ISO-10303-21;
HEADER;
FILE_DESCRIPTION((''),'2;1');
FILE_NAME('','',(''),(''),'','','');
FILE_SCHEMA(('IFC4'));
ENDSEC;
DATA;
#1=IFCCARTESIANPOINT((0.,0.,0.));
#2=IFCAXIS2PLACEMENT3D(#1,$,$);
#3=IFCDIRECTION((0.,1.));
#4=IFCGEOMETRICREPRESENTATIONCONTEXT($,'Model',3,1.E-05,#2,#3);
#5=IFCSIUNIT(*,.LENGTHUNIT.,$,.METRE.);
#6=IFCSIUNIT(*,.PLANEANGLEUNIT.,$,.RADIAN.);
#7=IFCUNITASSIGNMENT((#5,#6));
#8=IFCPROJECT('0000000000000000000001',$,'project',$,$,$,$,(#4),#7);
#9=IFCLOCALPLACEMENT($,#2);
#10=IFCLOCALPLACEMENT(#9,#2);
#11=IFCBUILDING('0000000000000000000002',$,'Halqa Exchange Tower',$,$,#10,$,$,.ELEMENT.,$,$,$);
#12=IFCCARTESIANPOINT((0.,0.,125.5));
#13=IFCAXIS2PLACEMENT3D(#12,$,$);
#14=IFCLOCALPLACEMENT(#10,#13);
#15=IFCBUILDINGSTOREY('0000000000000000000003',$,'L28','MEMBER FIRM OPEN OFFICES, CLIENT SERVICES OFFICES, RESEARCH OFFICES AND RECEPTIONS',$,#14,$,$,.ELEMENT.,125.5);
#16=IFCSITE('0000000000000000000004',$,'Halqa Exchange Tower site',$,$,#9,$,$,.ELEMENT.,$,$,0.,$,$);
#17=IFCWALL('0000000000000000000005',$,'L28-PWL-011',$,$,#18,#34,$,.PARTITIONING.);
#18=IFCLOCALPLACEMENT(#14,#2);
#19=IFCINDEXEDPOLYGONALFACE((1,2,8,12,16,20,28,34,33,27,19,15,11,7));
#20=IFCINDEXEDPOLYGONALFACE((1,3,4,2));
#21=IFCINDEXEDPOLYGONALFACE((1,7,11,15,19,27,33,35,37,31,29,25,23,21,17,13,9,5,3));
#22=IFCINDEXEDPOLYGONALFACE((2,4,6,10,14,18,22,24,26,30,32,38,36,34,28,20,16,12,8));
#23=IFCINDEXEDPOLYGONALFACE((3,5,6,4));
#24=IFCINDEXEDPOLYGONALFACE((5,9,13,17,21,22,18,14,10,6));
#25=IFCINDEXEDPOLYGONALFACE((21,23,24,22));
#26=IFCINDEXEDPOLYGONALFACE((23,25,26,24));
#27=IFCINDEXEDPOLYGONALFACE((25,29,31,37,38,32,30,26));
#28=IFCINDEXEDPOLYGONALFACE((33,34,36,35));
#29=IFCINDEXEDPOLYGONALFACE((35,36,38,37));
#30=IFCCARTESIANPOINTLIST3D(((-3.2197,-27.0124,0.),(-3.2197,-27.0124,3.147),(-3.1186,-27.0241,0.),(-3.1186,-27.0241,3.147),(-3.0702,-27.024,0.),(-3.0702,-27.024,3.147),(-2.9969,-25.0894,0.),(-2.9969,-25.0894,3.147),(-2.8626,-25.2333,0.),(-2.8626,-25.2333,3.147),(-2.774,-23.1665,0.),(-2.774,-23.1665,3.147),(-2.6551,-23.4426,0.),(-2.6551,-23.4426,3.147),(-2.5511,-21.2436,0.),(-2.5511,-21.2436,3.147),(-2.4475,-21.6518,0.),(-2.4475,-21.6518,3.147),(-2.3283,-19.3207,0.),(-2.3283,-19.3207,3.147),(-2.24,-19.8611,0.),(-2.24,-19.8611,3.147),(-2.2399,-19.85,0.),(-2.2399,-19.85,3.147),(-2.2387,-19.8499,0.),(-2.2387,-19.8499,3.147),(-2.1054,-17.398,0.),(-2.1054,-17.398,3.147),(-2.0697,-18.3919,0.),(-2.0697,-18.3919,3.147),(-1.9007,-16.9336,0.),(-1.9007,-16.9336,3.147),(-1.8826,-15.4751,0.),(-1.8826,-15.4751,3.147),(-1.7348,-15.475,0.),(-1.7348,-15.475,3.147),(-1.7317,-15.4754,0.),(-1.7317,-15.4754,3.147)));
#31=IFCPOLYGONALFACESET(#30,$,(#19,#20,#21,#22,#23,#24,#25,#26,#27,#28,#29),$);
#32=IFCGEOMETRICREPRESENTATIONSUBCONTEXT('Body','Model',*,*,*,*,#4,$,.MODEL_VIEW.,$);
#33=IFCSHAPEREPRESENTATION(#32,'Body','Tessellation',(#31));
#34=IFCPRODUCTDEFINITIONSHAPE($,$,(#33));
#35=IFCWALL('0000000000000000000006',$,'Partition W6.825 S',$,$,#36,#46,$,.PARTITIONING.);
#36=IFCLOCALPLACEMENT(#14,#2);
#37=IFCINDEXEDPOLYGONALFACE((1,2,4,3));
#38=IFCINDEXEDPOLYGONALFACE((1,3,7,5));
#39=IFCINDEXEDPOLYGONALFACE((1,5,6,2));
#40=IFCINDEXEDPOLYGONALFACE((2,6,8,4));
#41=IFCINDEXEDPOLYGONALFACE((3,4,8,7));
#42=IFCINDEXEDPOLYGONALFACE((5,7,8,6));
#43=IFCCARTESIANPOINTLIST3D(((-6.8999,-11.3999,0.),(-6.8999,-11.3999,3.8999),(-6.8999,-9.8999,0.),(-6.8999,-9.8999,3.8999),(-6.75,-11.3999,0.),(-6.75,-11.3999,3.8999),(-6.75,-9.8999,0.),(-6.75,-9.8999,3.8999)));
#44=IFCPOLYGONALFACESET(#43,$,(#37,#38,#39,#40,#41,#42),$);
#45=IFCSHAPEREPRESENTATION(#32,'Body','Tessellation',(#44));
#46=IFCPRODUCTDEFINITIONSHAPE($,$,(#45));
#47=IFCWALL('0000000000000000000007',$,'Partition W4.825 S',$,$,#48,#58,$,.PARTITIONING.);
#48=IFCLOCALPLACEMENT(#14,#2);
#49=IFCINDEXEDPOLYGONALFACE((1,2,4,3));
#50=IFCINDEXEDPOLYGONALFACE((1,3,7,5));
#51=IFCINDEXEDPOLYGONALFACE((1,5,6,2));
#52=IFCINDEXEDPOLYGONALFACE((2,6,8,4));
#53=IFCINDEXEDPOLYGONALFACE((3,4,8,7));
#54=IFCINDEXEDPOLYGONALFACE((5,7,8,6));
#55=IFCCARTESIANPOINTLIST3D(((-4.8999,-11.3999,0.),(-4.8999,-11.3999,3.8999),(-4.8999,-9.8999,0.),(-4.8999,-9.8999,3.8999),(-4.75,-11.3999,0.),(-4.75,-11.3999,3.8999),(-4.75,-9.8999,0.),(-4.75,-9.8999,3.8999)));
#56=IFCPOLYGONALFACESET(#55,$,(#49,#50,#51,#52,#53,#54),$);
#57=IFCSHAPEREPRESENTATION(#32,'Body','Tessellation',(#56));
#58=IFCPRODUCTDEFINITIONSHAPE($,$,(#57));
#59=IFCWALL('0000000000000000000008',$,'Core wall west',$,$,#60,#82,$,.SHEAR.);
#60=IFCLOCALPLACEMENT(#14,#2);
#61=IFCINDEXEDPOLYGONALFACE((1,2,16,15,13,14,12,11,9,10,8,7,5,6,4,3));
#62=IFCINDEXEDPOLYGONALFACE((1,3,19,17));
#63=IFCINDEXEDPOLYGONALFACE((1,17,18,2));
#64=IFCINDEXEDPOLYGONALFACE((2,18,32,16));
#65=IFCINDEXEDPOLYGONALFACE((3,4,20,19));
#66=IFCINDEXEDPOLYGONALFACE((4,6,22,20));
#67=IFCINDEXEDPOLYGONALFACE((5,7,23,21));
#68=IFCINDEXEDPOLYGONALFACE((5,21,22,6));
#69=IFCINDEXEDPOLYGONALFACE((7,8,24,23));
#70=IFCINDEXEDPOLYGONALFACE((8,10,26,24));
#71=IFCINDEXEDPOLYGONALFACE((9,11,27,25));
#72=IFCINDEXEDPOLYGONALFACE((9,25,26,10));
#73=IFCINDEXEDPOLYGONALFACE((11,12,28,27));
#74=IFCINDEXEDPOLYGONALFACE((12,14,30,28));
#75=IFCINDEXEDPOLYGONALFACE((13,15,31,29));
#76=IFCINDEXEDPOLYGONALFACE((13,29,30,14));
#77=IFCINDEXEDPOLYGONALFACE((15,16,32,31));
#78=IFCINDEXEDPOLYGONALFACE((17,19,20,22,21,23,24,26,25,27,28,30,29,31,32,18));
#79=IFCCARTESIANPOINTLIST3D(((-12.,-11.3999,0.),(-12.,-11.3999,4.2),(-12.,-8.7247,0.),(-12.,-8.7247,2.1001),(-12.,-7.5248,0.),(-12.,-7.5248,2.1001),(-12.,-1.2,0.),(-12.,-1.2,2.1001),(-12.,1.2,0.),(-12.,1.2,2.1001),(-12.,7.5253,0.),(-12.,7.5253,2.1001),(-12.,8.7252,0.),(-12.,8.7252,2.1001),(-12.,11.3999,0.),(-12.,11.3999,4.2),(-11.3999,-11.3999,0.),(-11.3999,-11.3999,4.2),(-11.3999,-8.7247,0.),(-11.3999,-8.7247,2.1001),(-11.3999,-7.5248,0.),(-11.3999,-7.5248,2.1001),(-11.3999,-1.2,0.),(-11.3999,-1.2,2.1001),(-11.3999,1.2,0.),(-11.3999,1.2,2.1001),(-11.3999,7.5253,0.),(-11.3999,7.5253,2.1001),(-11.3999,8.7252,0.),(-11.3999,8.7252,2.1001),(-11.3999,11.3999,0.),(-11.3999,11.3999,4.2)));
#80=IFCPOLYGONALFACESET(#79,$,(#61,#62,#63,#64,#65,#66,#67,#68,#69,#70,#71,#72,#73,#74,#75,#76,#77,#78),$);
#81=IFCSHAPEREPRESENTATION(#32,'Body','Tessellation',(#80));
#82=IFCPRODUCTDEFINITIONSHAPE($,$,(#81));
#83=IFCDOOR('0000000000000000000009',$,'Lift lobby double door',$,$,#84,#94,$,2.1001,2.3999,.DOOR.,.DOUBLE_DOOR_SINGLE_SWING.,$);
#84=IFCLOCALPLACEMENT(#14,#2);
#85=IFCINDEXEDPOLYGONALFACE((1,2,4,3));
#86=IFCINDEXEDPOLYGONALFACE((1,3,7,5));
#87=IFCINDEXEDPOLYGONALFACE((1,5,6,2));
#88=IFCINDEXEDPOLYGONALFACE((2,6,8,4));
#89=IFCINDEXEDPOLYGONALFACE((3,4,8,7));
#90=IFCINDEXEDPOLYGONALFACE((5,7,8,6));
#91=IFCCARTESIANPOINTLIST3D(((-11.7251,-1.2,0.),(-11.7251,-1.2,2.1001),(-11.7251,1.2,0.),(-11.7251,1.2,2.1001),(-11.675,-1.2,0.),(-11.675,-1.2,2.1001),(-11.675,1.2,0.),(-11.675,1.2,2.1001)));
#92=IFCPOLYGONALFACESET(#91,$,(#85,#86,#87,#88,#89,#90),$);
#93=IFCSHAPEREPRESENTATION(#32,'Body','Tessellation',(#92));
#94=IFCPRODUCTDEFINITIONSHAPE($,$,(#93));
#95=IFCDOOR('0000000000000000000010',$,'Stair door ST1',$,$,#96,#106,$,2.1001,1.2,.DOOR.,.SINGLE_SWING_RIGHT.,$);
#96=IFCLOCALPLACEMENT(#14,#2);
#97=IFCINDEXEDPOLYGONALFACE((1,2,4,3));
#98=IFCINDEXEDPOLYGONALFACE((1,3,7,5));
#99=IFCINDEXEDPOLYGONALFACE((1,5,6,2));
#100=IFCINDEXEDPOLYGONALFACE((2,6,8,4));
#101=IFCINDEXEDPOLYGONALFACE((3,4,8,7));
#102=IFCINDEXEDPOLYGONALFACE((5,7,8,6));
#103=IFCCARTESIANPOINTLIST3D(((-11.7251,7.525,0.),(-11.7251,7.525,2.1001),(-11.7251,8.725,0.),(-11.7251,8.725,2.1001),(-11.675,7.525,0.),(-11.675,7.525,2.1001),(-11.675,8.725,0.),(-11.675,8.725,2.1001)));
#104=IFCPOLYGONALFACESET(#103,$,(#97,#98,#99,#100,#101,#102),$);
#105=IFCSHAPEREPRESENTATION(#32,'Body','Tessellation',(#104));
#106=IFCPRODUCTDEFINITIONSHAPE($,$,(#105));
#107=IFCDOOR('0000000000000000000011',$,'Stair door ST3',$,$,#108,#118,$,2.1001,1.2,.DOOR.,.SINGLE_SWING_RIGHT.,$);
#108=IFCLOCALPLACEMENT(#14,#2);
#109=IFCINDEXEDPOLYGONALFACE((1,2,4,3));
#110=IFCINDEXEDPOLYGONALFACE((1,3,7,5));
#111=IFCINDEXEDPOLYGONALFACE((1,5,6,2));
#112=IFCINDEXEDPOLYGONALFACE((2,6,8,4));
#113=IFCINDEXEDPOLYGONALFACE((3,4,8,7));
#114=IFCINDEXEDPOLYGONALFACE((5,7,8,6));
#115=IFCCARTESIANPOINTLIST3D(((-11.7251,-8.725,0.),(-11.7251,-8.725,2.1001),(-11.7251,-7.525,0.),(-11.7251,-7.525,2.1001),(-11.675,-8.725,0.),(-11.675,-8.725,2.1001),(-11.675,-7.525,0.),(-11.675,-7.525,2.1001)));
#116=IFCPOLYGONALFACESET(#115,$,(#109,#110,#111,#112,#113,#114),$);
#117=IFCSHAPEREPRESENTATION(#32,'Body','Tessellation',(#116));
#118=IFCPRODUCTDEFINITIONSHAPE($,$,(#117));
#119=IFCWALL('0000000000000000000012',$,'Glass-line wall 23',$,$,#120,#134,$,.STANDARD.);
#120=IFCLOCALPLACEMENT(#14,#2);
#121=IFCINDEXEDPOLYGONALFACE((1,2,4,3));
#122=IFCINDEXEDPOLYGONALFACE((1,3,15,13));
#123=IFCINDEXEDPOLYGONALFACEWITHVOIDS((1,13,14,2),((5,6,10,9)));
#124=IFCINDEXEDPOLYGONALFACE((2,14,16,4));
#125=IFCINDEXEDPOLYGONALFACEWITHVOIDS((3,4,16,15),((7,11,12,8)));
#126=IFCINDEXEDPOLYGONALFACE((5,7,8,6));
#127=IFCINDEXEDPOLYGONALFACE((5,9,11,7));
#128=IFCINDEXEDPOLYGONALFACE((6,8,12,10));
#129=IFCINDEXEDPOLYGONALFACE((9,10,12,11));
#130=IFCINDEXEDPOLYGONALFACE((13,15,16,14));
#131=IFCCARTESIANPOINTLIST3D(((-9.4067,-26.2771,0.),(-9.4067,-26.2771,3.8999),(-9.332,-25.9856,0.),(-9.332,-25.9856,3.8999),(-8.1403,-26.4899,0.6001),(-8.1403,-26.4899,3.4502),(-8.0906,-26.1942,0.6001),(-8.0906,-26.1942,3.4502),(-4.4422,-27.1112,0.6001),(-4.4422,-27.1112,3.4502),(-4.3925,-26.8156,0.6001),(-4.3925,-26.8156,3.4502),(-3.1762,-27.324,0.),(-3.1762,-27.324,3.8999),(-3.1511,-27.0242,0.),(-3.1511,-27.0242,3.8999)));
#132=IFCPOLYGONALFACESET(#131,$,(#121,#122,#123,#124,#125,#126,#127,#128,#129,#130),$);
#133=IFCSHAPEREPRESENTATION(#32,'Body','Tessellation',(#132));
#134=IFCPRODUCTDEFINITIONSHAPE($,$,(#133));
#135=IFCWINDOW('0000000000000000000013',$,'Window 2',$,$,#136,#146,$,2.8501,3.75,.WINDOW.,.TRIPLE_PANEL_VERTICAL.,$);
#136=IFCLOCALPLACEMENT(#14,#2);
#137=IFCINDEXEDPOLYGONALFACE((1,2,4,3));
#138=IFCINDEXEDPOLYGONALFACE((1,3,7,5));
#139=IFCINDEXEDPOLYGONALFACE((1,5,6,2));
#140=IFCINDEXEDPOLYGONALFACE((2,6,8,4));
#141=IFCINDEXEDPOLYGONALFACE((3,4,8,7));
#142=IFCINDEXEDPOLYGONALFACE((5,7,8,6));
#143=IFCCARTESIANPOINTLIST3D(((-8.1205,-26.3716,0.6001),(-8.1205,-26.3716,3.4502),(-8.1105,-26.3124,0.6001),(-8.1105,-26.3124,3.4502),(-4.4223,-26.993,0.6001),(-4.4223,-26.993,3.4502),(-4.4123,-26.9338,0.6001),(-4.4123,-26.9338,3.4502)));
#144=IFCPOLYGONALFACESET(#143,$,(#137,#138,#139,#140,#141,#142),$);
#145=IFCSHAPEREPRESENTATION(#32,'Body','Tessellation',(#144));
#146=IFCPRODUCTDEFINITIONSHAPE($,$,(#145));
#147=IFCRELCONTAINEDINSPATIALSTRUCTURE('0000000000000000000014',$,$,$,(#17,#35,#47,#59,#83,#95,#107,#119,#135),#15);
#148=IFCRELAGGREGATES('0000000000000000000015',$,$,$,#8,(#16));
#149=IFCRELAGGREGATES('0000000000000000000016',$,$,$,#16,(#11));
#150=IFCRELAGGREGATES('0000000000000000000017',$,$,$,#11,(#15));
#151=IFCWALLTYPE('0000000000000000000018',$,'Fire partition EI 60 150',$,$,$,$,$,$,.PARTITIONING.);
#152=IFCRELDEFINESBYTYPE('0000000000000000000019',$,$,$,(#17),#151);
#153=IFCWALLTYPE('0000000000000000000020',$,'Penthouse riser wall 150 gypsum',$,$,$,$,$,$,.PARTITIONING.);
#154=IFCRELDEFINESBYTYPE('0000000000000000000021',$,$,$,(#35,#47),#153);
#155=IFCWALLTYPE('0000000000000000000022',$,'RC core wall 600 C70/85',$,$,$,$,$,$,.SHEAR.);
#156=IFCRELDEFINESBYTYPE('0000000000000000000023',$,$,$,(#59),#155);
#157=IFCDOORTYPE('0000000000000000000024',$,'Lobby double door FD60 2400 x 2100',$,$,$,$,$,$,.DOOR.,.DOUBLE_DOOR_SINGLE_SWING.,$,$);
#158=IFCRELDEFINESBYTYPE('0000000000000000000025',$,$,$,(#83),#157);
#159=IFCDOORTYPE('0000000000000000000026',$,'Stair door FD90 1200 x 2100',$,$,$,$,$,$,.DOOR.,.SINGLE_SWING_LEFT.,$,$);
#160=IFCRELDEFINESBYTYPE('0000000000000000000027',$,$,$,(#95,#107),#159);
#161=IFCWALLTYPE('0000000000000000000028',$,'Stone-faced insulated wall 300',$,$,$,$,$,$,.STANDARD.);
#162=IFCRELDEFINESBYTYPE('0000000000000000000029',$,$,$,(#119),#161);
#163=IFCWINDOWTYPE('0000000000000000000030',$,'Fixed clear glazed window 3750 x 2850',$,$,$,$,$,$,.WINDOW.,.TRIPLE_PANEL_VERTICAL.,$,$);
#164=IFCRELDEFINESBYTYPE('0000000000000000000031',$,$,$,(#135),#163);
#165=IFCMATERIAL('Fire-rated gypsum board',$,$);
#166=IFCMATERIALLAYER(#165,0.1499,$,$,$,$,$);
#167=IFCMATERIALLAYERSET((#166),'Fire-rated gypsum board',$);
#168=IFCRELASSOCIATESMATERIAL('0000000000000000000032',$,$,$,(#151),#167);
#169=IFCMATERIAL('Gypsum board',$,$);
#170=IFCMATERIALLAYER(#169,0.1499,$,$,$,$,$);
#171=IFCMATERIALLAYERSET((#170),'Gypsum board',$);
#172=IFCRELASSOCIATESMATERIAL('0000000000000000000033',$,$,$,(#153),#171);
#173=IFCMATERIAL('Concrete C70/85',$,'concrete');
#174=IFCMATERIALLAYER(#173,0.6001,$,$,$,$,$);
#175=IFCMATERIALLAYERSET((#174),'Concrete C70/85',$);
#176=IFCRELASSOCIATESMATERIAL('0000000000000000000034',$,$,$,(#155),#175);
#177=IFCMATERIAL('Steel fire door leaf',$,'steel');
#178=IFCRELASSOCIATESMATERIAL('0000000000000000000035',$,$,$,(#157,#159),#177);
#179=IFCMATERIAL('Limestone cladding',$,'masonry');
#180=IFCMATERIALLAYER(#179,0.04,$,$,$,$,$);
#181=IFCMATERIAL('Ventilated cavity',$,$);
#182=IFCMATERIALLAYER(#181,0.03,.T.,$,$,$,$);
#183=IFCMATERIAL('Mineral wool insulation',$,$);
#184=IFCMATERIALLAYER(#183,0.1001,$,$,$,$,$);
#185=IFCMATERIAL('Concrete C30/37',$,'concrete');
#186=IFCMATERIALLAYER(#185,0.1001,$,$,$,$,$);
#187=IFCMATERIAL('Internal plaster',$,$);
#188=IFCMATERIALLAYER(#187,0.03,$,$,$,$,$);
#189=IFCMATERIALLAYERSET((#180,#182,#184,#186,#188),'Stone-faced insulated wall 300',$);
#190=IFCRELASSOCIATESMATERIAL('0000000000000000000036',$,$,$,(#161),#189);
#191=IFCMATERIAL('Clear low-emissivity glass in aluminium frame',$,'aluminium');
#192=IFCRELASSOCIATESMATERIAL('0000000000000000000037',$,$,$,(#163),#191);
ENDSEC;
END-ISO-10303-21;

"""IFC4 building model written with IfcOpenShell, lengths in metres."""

from ifc_helpers import new_model, si_unit, direction, frame, frame_2d, origin, place, context, subcontext, project, spatial, polyline, rectangle, outline, extrude, material, layer, layer_set, type_object, element, fill, save


model = new_model("IFC4")

# Units and contexts
model_context = context("Model", 3, precision=1e-05, world=origin(), true_north=direction((0.0, 1.0)))
body_context = subcontext(model_context, "Body", "Model", "MODEL_VIEW")
ifc_project = project(units=[si_unit("LENGTHUNIT", "METRE"), si_unit("PLANEANGLEUNIT", "RADIAN")], contexts=[model_context])

# Site, building, storey
site_placement = place(None, origin())
site = spatial("IfcSite", under=ifc_project, at=site_placement, Name="Halqa Exchange Tower site", CompositionType="ELEMENT", RefElevation=0.0)
building_placement = place(site_placement, origin())
building = spatial("IfcBuilding", under=site, at=building_placement, Name="Halqa Exchange Tower", CompositionType="ELEMENT")
storey_placement = place(building_placement, frame((0.0, 0.0, 125.5)))
storey = spatial("IfcBuildingStorey", under=building, at=storey_placement, Name="L28", Description="MEMBER FIRM OPEN OFFICES, CLIENT SERVICES OFFICES, RESEARCH OFFICES AND RECEPTIONS", CompositionType="ELEMENT", Elevation=125.5)

# Shared definitions
ifc_material_1 = material(Name="Concrete C70/85", Category="concrete")

# Wall
ifc_material_2 = material(Name="Fire-rated gypsum board")
ifc_layer_1 = layer(ifc_material_2, 0.1499)
ifc_layer_set_1 = layer_set([ifc_layer_1], Name="Fire-rated gypsum board")
wall_type_1 = type_object("IfcWallType", Name="Fire partition EI 60 150", PredefinedType="PARTITIONING", material=ifc_layer_set_1)
wall_1_placement = place(storey_placement, frame((-3.1453, -27.021, 0.0), z_axis=(0.0, 0.0, 1.0), x_axis=(0.115128, 0.993351, 0.0)))
element("IfcWall", 1, at=wall_1_placement, inside=storey, type_object=wall_type_1, Name="L28-PWL-011", PredefinedType="PARTITIONING", context=body_context, shape_type="SweptSolid", body=[
    extrude(outline(polyline([(0.0056, -0.075), (1.8083, -0.075), (3.6111, -0.075), (5.4138, -0.075), (7.2166, -0.075), (7.2275, -0.0737), (7.2278, -0.075), (8.6956, -0.075), (10.1636, -0.075), (11.6316, -0.075), (11.6316, -0.0718), (11.6145, 0.075), (9.6787, 0.075), (7.7432, 0.075), (5.8074, 0.075), (3.8716, 0.075), (1.9358, 0.075), (0.0, 0.075), (0.0, -0.0269), (0.0056, -0.075)])), origin(), (0.0, 0.0, 1.0), 3.147),
])

# Shared definitions
ifc_material_3 = material(Name="Gypsum board")

# Walls
ifc_layer_2 = layer(ifc_material_3, 0.1499)
ifc_layer_set_2 = layer_set([ifc_layer_2], Name="Gypsum board")
wall_type_2 = type_object("IfcWallType", Name="Penthouse riser wall 150 gypsum", PredefinedType="PARTITIONING", material=ifc_layer_set_2)
for number, where, z_axis, x_axis, name in (
    (2, (-6.825, -11.3999, 0.0), (0.0, 0.0, 1.0), (0.0, 1.0, 0.0), "Partition W6.825 S"),
    (3, (-4.825, -11.3999, 0.0), (0.0, 0.0, 1.0), (0.0, 1.0, 0.0), "Partition W4.825 S"),
):
    element("IfcWall", number, at=place(storey_placement, frame(where, z_axis=z_axis, x_axis=x_axis)), inside=storey, type_object=wall_type_2, Name=name, PredefinedType="PARTITIONING", context=body_context, shape_type="SweptSolid", body=[
        extrude(rectangle(XDim=1.5, YDim=0.1499, at=frame_2d((0.75, 0.0))), origin(), (0.0, 0.0, 1.0), 3.8999),
    ])

# Wall, openings, doors
ifc_layer_3 = layer(ifc_material_1, 0.6001)
ifc_layer_set_3 = layer_set([ifc_layer_3], Name="Concrete C70/85")
wall_type_3 = type_object("IfcWallType", Name="RC core wall 600 C70/85", PredefinedType="SHEAR", material=ifc_layer_set_3)
wall_2_placement = place(storey_placement, frame((-11.7, -11.3999, 0.0), z_axis=(0.0, 0.0, 1.0), x_axis=(0.0, 1.0, 0.0)))
wall_2 = element("IfcWall", 4, at=wall_2_placement, inside=storey, type_object=wall_type_3, Name="Core wall west", PredefinedType="SHEAR", context=body_context, shape_type="SweptSolid", body=[
    extrude(rectangle(XDim=22.7998, YDim=0.6001, at=frame_2d((11.3999, 0.0))), origin(), (0.0, 0.0, 1.0), 4.2),
])
opening_1_placement = place(wall_2_placement, frame((10.2, 0.0, 0.0)))
opening_1 = element("IfcOpeningElement", 5, at=opening_1_placement, cuts=wall_2, PredefinedType="OPENING", context=body_context, shape_type="SweptSolid", body=[
    extrude(rectangle(XDim=2.3999, YDim=2.1001, at=frame_2d((1.2, 1.05))), frame((0.0, 0.312, 0.0), z_axis=(0.0, -1.0, 0.0), x_axis=(1.0, 0.0, 0.0)), (0.0, 0.0, 1.0), 0.624),
])
opening_2_placement = place(wall_2_placement, frame((18.925, 0.0, 0.0)))
opening_2 = element("IfcOpeningElement", 6, at=opening_2_placement, cuts=wall_2, PredefinedType="OPENING", context=body_context, shape_type="SweptSolid", body=[
    extrude(rectangle(XDim=1.2, YDim=2.1001, at=frame_2d((0.6001, 1.05))), frame((0.0, 0.312, 0.0), z_axis=(0.0, -1.0, 0.0), x_axis=(1.0, 0.0, 0.0)), (0.0, 0.0, 1.0), 0.624),
])
opening_3_placement = place(wall_2_placement, frame((2.675, 0.0, 0.0)))
opening_3 = element("IfcOpeningElement", 7, at=opening_3_placement, cuts=wall_2, PredefinedType="OPENING", context=body_context, shape_type="SweptSolid", body=[
    extrude(rectangle(XDim=1.2, YDim=2.1001, at=frame_2d((0.6001, 1.05))), frame((0.0, 0.312, 0.0), z_axis=(0.0, -1.0, 0.0), x_axis=(1.0, 0.0, 0.0)), (0.0, 0.0, 1.0), 0.624),
])
ifc_material_4 = material(Name="Steel fire door leaf", Category="steel")
door_type_1 = type_object("IfcDoorType", Name="Lobby double door FD60 2400 x 2100", OperationType="DOUBLE_DOOR_SINGLE_SWING", PredefinedType="DOOR", material=ifc_material_4)
door_1_placement = place(opening_1_placement, frame((2.3999, 0.0, 0.0), z_axis=(0.0, 0.0, 1.0), x_axis=(-1.0, 0.0, 0.0)))
door_1 = element("IfcDoor", 8, at=door_1_placement, inside=storey, type_object=door_type_1, Name="Lift lobby double door", OperationType="DOUBLE_DOOR_SINGLE_SWING", OverallHeight=2.1001, OverallWidth=2.3999, PredefinedType="DOOR", context=body_context, shape_type="SweptSolid", body=[
    extrude(rectangle(XDim=2.3999, YDim=2.1001, at=frame_2d((1.2, 1.05))), frame((0.0, 0.0249, 0.0), z_axis=(0.0, -1.0, 0.0), x_axis=(1.0, 0.0, 0.0)), (0.0, 0.0, 1.0), 0.05),
])
fill(opening_1, door_1)
door_type_2 = type_object("IfcDoorType", Name="Stair door FD90 1200 x 2100", OperationType="SINGLE_SWING_LEFT", PredefinedType="DOOR", material=ifc_material_4)
door_2_placement = place(opening_2_placement, frame((1.2, 0.0, 0.0), z_axis=(0.0, 0.0, 1.0), x_axis=(-1.0, 0.0, 0.0)))
door_2 = element("IfcDoor", 9, at=door_2_placement, inside=storey, type_object=door_type_2, Name="Stair door ST1", OperationType="SINGLE_SWING_RIGHT", OverallHeight=2.1001, OverallWidth=1.2, PredefinedType="DOOR", context=body_context, shape_type="SweptSolid", body=[
    extrude(rectangle(XDim=1.2, YDim=2.1001, at=frame_2d((0.6001, 1.05))), frame((0.0, 0.0249, 0.0), z_axis=(0.0, -1.0, 0.0), x_axis=(1.0, 0.0, 0.0)), (0.0, 0.0, 1.0), 0.05),
])
fill(opening_2, door_2)
door_3_placement = place(opening_3_placement, frame((1.2, 0.0, 0.0), z_axis=(0.0, 0.0, 1.0), x_axis=(-1.0, 0.0, 0.0)))
door_3 = element("IfcDoor", 10, at=door_3_placement, inside=storey, type_object=door_type_2, Name="Stair door ST3", OperationType="SINGLE_SWING_RIGHT", OverallHeight=2.1001, OverallWidth=1.2, PredefinedType="DOOR", context=body_context, shape_type="SweptSolid", body=[
    extrude(rectangle(XDim=1.2, YDim=2.1001, at=frame_2d((0.6001, 1.05))), frame((0.0, 0.0249, 0.0), z_axis=(0.0, -1.0, 0.0), x_axis=(1.0, 0.0, 0.0)), (0.0, 0.0, 1.0), 0.05),
])
fill(opening_3, door_3)

# Wall, opening, window
ifc_material_5 = material(Name="Limestone cladding", Category="masonry")
ifc_layer_4 = layer(ifc_material_5, 0.04)
ifc_material_6 = material(Name="Ventilated cavity")
ifc_layer_5 = layer(ifc_material_6, 0.03, ventilated=True)
ifc_material_7 = material(Name="Mineral wool insulation")
ifc_layer_6 = layer(ifc_material_7, 0.1001)
ifc_material_8 = material(Name="Concrete C30/37", Category="concrete")
ifc_layer_7 = layer(ifc_material_8, 0.1001)
ifc_material_9 = material(Name="Internal plaster")
ifc_layer_8 = layer(ifc_material_9, 0.03)
ifc_layer_set_4 = layer_set([ifc_layer_4, ifc_layer_5, ifc_layer_6, ifc_layer_7, ifc_layer_8], Name="Stone-faced insulated wall 300")
wall_type_4 = type_object("IfcWallType", Name="Stone-faced insulated wall 300", PredefinedType="STANDARD", material=ifc_layer_set_4)
wall_3_placement = place(storey_placement, frame((-9.3694, -26.1313, 0.0), z_axis=(0.0, 0.0, 1.0), x_axis=(0.986176, -0.165701, 0.0)))
wall_3 = element("IfcWall", 11, at=wall_3_placement, inside=storey, type_object=wall_type_4, Name="Glass-line wall 23", PredefinedType="STANDARD", context=body_context, shape_type="SweptSolid", body=[
    extrude(outline(polyline([(-0.0127, -0.1499), (6.3052, -0.1499), (6.2803, 0.1499), (0.0127, 0.1499), (-0.0127, -0.1499)])), origin(), (0.0, 0.0, 1.0), 3.8999),
])
opening_4_placement = place(wall_3_placement, frame((1.2715, 0.0, 0.6001)))
opening_4 = element("IfcOpeningElement", 12, at=opening_4_placement, cuts=wall_3, PredefinedType="OPENING", context=body_context, shape_type="SweptSolid", body=[
    extrude(rectangle(XDim=3.75, YDim=2.8501, at=frame_2d((1.875, 1.425))), frame((0.0, 0.1621, 0.0), z_axis=(0.0, -1.0, 0.0), x_axis=(1.0, 0.0, 0.0)), (0.0, 0.0, 1.0), 0.324),
])
ifc_material_10 = material(Name="Clear low-emissivity glass in aluminium frame", Category="aluminium")
window_type = type_object("IfcWindowType", Name="Fixed clear glazed window 3750 x 2850", PartitioningType="TRIPLE_PANEL_VERTICAL", PredefinedType="WINDOW", material=ifc_material_10)
window_placement = place(opening_4_placement, origin())
window = element("IfcWindow", 13, at=window_placement, inside=storey, type_object=window_type, Name="Window 2", OverallHeight=2.8501, OverallWidth=3.75, PartitioningType="TRIPLE_PANEL_VERTICAL", PredefinedType="WINDOW", context=body_context, shape_type="SweptSolid", body=[
    extrude(rectangle(XDim=3.75, YDim=2.8501, at=frame_2d((1.875, 1.425))), frame((0.0, 0.03, 0.0), z_axis=(0.0, -1.0, 0.0), x_axis=(1.0, 0.0, 0.0)), (0.0, 0.0, 1.0), 0.0601),
])
fill(opening_4, window)

save(model, "model.ifc")
